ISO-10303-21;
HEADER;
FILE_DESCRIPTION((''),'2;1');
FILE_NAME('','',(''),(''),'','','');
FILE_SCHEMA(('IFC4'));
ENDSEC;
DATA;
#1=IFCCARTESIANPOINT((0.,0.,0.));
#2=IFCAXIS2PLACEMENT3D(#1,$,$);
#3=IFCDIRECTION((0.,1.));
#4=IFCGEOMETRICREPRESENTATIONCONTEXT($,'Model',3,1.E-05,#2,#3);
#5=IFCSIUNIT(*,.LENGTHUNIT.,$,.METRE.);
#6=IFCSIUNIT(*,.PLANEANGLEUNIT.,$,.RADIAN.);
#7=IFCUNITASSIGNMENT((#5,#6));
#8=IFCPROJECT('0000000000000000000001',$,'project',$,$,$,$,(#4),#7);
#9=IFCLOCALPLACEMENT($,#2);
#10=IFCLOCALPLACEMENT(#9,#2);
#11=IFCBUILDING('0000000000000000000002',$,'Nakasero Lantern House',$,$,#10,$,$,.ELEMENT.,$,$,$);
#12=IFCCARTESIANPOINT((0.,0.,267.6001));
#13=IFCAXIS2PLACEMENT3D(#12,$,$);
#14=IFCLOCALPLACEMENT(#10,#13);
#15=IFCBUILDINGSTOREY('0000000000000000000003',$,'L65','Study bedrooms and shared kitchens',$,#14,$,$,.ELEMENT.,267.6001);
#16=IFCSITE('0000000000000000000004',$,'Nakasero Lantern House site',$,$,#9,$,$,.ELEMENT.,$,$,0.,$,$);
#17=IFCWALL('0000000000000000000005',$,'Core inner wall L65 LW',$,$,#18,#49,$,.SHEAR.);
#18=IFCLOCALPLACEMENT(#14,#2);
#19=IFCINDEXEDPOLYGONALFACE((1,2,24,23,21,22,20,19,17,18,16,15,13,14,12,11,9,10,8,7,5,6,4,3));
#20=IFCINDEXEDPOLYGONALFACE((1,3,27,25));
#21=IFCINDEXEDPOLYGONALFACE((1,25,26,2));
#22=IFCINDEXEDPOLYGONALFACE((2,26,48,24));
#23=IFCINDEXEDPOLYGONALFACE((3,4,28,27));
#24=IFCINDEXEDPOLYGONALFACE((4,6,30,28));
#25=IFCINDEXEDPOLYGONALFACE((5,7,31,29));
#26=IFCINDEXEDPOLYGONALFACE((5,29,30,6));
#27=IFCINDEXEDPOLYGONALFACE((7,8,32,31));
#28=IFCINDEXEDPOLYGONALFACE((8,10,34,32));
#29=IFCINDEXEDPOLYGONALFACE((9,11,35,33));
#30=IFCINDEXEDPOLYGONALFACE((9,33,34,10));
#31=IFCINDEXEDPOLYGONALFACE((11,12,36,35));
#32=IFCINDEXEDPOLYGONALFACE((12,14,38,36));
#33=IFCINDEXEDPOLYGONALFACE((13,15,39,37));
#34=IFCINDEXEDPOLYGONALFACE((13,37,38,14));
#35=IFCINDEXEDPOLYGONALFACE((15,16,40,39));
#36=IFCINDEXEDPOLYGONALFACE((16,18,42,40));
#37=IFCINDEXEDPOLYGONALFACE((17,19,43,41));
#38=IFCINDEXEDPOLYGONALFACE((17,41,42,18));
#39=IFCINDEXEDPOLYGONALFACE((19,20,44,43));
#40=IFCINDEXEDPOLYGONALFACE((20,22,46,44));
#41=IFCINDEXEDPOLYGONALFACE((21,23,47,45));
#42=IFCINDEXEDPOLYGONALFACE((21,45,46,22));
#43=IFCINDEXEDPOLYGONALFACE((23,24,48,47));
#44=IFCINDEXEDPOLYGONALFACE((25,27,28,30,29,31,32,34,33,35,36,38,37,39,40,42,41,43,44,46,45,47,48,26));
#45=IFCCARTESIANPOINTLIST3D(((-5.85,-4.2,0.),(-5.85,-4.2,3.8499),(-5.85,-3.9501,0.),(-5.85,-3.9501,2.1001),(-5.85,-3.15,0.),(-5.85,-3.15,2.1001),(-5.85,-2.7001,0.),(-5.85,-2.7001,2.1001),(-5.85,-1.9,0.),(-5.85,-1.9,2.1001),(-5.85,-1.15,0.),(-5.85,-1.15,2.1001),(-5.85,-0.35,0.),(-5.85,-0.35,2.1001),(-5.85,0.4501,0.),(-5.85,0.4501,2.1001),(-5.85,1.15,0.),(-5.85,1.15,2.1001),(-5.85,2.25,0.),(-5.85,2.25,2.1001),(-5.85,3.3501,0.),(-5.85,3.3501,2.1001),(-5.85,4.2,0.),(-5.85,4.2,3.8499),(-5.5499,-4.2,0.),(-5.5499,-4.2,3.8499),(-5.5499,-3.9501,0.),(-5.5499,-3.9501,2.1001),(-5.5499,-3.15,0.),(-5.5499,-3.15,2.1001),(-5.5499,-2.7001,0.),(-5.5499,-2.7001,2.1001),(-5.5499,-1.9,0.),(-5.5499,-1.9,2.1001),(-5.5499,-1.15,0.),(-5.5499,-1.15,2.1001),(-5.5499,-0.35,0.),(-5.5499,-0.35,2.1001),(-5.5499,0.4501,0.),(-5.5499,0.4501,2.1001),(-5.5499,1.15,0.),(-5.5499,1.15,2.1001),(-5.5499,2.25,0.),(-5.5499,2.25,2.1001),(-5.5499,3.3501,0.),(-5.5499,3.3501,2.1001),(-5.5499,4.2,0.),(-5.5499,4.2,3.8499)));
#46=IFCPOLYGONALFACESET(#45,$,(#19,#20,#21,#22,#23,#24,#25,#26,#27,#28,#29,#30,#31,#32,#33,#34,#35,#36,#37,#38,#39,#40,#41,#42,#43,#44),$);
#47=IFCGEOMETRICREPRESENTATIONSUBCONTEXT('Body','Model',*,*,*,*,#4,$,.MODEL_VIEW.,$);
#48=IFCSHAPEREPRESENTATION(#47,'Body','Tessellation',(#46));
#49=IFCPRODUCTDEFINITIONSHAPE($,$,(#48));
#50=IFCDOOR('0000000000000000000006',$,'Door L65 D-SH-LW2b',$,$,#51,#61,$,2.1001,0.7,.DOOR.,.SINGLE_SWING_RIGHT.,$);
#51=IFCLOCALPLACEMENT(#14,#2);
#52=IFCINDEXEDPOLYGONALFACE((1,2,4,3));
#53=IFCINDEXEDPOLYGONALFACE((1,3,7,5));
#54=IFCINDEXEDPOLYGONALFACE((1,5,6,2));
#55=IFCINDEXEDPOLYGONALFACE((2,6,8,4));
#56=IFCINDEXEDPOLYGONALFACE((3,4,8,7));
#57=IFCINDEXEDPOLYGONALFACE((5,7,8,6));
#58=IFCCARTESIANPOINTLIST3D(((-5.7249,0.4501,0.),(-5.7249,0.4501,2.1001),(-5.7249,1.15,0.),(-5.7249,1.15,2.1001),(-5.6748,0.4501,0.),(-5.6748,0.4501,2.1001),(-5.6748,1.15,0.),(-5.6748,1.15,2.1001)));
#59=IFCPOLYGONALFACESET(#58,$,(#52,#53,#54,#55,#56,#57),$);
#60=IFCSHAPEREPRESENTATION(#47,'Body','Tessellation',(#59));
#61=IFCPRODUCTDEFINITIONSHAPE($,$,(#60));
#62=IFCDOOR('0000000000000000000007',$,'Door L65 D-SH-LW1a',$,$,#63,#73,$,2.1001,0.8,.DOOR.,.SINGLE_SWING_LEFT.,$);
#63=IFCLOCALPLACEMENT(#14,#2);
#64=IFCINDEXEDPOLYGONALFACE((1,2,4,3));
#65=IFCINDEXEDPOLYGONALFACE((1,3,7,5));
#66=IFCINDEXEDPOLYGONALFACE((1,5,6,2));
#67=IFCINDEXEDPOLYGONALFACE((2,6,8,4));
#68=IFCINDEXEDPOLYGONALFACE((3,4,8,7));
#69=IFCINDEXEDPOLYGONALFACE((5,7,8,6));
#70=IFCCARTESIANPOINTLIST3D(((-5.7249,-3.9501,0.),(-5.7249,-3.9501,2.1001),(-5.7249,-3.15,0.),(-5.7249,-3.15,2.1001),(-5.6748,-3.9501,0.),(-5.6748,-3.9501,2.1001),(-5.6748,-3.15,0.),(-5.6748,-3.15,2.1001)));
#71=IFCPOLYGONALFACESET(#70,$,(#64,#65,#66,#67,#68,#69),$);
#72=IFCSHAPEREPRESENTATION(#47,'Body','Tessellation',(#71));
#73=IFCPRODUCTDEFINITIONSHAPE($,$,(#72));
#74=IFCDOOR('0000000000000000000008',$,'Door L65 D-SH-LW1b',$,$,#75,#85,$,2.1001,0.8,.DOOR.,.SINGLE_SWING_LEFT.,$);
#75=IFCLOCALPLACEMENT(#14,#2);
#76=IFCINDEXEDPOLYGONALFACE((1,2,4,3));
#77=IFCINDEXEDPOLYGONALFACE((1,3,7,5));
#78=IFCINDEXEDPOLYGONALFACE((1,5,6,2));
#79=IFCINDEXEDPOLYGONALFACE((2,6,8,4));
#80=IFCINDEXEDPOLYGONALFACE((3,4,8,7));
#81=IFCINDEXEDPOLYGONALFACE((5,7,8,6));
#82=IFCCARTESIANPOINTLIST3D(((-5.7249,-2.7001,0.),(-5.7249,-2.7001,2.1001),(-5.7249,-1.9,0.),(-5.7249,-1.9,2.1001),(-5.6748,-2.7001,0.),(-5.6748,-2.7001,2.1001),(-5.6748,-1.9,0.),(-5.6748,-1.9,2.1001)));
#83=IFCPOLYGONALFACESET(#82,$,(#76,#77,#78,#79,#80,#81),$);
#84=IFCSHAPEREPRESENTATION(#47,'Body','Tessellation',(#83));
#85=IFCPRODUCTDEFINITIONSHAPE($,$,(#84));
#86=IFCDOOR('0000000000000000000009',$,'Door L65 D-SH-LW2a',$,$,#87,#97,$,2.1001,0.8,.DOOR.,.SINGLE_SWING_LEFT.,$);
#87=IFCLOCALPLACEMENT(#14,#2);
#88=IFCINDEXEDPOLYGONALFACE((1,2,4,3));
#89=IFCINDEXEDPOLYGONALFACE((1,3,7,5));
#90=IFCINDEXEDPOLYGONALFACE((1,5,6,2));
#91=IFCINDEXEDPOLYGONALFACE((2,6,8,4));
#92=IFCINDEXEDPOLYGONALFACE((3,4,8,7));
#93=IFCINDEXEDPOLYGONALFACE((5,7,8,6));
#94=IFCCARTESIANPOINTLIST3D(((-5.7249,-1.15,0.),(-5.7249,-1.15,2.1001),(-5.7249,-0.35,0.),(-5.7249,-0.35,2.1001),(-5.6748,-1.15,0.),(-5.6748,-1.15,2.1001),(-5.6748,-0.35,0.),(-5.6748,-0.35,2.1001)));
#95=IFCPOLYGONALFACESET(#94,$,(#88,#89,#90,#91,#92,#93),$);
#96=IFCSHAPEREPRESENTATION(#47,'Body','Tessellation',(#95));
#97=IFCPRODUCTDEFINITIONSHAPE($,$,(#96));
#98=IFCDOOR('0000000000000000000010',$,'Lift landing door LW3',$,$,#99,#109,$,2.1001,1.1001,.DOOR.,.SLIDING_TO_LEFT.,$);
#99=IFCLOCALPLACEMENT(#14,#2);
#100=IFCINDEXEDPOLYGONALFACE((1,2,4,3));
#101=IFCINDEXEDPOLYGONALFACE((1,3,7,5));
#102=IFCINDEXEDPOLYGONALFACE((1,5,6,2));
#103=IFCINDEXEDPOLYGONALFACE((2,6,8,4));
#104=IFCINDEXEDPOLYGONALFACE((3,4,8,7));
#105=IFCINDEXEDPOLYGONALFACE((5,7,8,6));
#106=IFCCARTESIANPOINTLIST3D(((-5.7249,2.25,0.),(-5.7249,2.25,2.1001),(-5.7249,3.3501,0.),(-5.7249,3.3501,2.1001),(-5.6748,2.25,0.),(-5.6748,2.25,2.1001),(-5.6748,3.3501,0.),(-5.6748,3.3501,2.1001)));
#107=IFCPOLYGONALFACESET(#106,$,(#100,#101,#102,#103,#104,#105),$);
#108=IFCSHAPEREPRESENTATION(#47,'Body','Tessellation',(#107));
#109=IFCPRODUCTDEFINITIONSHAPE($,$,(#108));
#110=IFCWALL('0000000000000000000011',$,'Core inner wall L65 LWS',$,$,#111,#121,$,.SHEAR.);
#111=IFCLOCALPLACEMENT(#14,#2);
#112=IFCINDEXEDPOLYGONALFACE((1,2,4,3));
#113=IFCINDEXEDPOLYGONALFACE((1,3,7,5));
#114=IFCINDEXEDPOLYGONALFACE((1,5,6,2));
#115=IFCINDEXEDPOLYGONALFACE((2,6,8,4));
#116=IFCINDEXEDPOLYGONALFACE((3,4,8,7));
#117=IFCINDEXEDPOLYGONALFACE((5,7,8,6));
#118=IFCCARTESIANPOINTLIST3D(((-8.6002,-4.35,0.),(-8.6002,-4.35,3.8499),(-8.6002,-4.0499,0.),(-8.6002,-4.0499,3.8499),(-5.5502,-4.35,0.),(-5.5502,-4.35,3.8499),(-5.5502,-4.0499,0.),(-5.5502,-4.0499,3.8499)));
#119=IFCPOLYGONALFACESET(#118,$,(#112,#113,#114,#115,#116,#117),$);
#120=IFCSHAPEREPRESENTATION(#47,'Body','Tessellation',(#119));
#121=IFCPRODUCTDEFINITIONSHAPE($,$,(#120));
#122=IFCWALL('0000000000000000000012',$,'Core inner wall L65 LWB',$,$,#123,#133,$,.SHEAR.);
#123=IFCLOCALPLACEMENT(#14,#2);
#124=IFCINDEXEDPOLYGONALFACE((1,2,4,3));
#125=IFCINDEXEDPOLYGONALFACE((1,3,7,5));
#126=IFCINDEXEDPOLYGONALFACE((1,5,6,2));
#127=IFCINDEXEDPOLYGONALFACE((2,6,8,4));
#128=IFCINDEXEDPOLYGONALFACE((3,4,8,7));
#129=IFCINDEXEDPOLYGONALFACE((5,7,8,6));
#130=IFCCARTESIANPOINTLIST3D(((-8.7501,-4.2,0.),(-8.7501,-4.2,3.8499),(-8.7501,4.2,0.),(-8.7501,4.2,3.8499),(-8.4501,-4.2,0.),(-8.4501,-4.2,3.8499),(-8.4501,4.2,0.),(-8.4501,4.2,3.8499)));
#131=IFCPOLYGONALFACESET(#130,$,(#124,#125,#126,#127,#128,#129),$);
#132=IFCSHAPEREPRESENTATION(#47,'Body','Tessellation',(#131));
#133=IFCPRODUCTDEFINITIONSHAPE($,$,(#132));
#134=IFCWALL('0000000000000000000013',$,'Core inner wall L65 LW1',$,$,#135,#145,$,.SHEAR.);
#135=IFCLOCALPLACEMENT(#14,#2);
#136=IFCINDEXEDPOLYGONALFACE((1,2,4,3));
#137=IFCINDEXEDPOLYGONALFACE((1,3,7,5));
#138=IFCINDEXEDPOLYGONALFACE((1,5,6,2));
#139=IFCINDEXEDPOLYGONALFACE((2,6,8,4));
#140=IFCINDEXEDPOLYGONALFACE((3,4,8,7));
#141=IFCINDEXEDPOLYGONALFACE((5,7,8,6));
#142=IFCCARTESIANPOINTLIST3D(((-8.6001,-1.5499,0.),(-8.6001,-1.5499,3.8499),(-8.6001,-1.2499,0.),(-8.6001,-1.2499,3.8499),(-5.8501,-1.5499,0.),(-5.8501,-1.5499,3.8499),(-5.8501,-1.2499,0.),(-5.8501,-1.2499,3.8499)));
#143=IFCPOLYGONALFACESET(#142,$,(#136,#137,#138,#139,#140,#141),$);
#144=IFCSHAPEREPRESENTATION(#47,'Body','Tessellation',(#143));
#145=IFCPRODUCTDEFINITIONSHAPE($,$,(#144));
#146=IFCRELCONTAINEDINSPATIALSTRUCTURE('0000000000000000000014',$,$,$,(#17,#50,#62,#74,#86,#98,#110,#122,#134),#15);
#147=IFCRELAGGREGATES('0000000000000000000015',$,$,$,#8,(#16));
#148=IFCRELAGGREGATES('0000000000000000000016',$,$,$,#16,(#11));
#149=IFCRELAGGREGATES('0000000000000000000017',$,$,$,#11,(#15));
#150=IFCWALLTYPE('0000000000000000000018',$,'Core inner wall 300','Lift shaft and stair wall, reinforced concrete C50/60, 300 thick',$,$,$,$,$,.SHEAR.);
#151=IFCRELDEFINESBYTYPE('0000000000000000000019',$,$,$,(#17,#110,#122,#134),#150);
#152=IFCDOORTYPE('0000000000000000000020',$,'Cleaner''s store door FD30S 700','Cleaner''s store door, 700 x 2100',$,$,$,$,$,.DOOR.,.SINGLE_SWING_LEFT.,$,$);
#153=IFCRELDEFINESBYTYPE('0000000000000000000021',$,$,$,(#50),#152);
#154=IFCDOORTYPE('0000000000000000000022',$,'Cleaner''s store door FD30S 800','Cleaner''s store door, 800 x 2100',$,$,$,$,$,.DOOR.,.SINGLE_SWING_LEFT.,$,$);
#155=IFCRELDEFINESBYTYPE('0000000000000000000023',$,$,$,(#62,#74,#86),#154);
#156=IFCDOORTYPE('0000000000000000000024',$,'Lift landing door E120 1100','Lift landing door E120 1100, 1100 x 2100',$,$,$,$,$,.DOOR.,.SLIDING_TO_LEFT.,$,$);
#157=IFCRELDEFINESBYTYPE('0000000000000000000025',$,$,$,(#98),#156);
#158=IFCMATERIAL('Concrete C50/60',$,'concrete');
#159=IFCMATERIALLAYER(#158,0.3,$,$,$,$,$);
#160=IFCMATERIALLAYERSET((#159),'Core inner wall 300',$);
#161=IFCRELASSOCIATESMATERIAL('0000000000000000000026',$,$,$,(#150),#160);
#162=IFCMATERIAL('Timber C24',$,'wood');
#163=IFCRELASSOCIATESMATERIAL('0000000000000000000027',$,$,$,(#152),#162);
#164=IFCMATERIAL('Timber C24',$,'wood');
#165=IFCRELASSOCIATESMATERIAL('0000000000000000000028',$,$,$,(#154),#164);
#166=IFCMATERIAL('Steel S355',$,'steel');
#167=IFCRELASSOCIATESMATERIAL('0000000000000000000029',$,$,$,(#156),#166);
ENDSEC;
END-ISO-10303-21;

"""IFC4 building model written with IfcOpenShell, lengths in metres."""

from ifc_helpers import new_model, si_unit, direction, frame, frame_2d, origin, place, context, subcontext, project, spatial, rectangle, extrude, material, layer, layer_set, type_object, element, fill, save


model = new_model("IFC4")

# Units and contexts
model_context = context("Model", 3, precision=1e-05, world=origin(), true_north=direction((0.0, 1.0)))
body_context = subcontext(model_context, "Body", "Model", "MODEL_VIEW")
ifc_project = project(units=[si_unit("LENGTHUNIT", "METRE"), si_unit("PLANEANGLEUNIT", "RADIAN")], contexts=[model_context])

# Site, building, storey
site_placement = place(None, origin())
site = spatial("IfcSite", under=ifc_project, at=site_placement, Name="Nakasero Lantern House site", CompositionType="ELEMENT", RefElevation=0.0)
building_placement = place(site_placement, origin())
building = spatial("IfcBuilding", under=site, at=building_placement, Name="Nakasero Lantern House", CompositionType="ELEMENT")
storey_placement = place(building_placement, frame((0.0, 0.0, 267.6001)))
storey = spatial("IfcBuildingStorey", under=building, at=storey_placement, Name="L65", Description="Study bedrooms and shared kitchens", CompositionType="ELEMENT", Elevation=267.6001)

# Wall, openings, doors
ifc_material_1 = material(Name="Concrete C50/60", Category="concrete")
ifc_layer_1 = layer(ifc_material_1, 0.3)
ifc_layer_set_1 = layer_set([ifc_layer_1], Name="Core inner wall 300")
wall_type_1 = type_object("IfcWallType", Name="Core inner wall 300", Description="Lift shaft and stair wall, reinforced concrete C50/60, 300 thick", PredefinedType="SHEAR", material=ifc_layer_set_1)
wall_1_placement = place(storey_placement, frame((-5.7, -4.2, 0.0), z_axis=(0.0, 0.0, 1.0), x_axis=(0.0, 1.0, 0.0)))
wall_1 = element("IfcWall", 1, at=wall_1_placement, inside=storey, type_object=wall_type_1, Name="Core inner wall L65 LW", PredefinedType="SHEAR", context=body_context, shape_type="SweptSolid", body=[
    extrude(rectangle(XDim=8.3999, YDim=0.3, at=frame_2d((4.2, 0.0))), origin(), (0.0, 0.0, 1.0), 3.8499),
])
opening_1_placement = place(wall_1_placement, frame((0.25, 0.0, 0.0)))
opening_1 = element("IfcOpeningElement", 2, at=opening_1_placement, cuts=wall_1, PredefinedType="OPENING", context=body_context, shape_type="SweptSolid", body=[
    extrude(rectangle(XDim=0.8, YDim=2.1001, at=frame_2d((0.3999, 1.05))), frame((0.0, 0.1699, 0.0), z_axis=(0.0, -1.0, 0.0), x_axis=(1.0, 0.0, 0.0)), (0.0, 0.0, 1.0), 0.3401),
])
opening_2_placement = place(wall_1_placement, frame((1.5, 0.0, 0.0)))
opening_2 = element("IfcOpeningElement", 3, at=opening_2_placement, cuts=wall_1, PredefinedType="OPENING", context=body_context, shape_type="SweptSolid", body=[
    extrude(rectangle(XDim=0.8, YDim=2.1001, at=frame_2d((0.3999, 1.05))), frame((0.0, 0.1699, 0.0), z_axis=(0.0, -1.0, 0.0), x_axis=(1.0, 0.0, 0.0)), (0.0, 0.0, 1.0), 0.3401),
])
opening_3_placement = place(wall_1_placement, frame((3.05, 0.0, 0.0)))
opening_3 = element("IfcOpeningElement", 4, at=opening_3_placement, cuts=wall_1, PredefinedType="OPENING", context=body_context, shape_type="SweptSolid", body=[
    extrude(rectangle(XDim=0.8, YDim=2.1001, at=frame_2d((0.3999, 1.05))), frame((0.0, 0.1699, 0.0), z_axis=(0.0, -1.0, 0.0), x_axis=(1.0, 0.0, 0.0)), (0.0, 0.0, 1.0), 0.3401),
])
opening_4_placement = place(wall_1_placement, frame((4.6499, 0.0, 0.0)))
opening_4 = element("IfcOpeningElement", 5, at=opening_4_placement, cuts=wall_1, PredefinedType="OPENING", context=body_context, shape_type="SweptSolid", body=[
    extrude(rectangle(XDim=0.7, YDim=2.1001, at=frame_2d((0.3501, 1.05))), frame((0.0, 0.1699, 0.0), z_axis=(0.0, -1.0, 0.0), x_axis=(1.0, 0.0, 0.0)), (0.0, 0.0, 1.0), 0.3401),
])
opening_5_placement = place(wall_1_placement, frame((6.45, 0.0, 0.0)))
opening_5 = element("IfcOpeningElement", 6, at=opening_5_placement, cuts=wall_1, PredefinedType="OPENING", context=body_context, shape_type="SweptSolid", body=[
    extrude(rectangle(XDim=1.1001, YDim=2.1001, at=frame_2d((0.55, 1.05))), frame((0.0, 0.1699, 0.0), z_axis=(0.0, -1.0, 0.0), x_axis=(1.0, 0.0, 0.0)), (0.0, 0.0, 1.0), 0.3401),
])
ifc_material_2 = material(Name="Timber C24", Category="wood")
door_type_1 = type_object("IfcDoorType", Name="Cleaner's store door FD30S 700", Description="Cleaner's store door, 700 x 2100", OperationType="SINGLE_SWING_LEFT", PredefinedType="DOOR", material=ifc_material_2)
door_1_placement = place(opening_4_placement, origin())
door_1 = element("IfcDoor", 7, at=door_1_placement, inside=storey, type_object=door_type_1, Name="Door L65 D-SH-LW2b", OperationType="SINGLE_SWING_RIGHT", OverallHeight=2.1001, OverallWidth=0.7, PredefinedType="DOOR", context=body_context, shape_type="SweptSolid", body=[
    extrude(rectangle(XDim=0.7, YDim=2.1001, at=frame_2d((0.3501, 1.05))), frame((0.0, 0.0249, 0.0), z_axis=(0.0, -1.0, 0.0), x_axis=(1.0, 0.0, 0.0)), (0.0, 0.0, 1.0), 0.05),
])
fill(opening_4, door_1)
ifc_material_3 = material(Name="Timber C24", Category="wood")
door_type_2 = type_object("IfcDoorType", Name="Cleaner's store door FD30S 800", Description="Cleaner's store door, 800 x 2100", OperationType="SINGLE_SWING_LEFT", PredefinedType="DOOR", material=ifc_material_3)
door_2_placement = place(opening_1_placement, origin())
door_2 = element("IfcDoor", 8, at=door_2_placement, inside=storey, type_object=door_type_2, Name="Door L65 D-SH-LW1a", OperationType="SINGLE_SWING_LEFT", OverallHeight=2.1001, OverallWidth=0.8, PredefinedType="DOOR", context=body_context, shape_type="SweptSolid", body=[
    extrude(rectangle(XDim=0.8, YDim=2.1001, at=frame_2d((0.3999, 1.05))), frame((0.0, 0.0249, 0.0), z_axis=(0.0, -1.0, 0.0), x_axis=(1.0, 0.0, 0.0)), (0.0, 0.0, 1.0), 0.05),
])
fill(opening_1, door_2)
door_3_placement = place(opening_2_placement, origin())
door_3 = element("IfcDoor", 9, at=door_3_placement, inside=storey, type_object=door_type_2, Name="Door L65 D-SH-LW1b", OperationType="SINGLE_SWING_LEFT", OverallHeight=2.1001, OverallWidth=0.8, PredefinedType="DOOR", context=body_context, shape_type="SweptSolid", body=[
    extrude(rectangle(XDim=0.8, YDim=2.1001, at=frame_2d((0.3999, 1.05))), frame((0.0, 0.0249, 0.0), z_axis=(0.0, -1.0, 0.0), x_axis=(1.0, 0.0, 0.0)), (0.0, 0.0, 1.0), 0.05),
])
fill(opening_2, door_3)
door_4_placement = place(opening_3_placement, origin())
door_4 = element("IfcDoor", 10, at=door_4_placement, inside=storey, type_object=door_type_2, Name="Door L65 D-SH-LW2a", OperationType="SINGLE_SWING_LEFT", OverallHeight=2.1001, OverallWidth=0.8, PredefinedType="DOOR", context=body_context, shape_type="SweptSolid", body=[
    extrude(rectangle(XDim=0.8, YDim=2.1001, at=frame_2d((0.3999, 1.05))), frame((0.0, 0.0249, 0.0), z_axis=(0.0, -1.0, 0.0), x_axis=(1.0, 0.0, 0.0)), (0.0, 0.0, 1.0), 0.05),
])
fill(opening_3, door_4)
ifc_material_4 = material(Name="Steel S355", Category="steel")
door_type_3 = type_object("IfcDoorType", Name="Lift landing door E120 1100", Description="Lift landing door E120 1100, 1100 x 2100", OperationType="SLIDING_TO_LEFT", PredefinedType="DOOR", material=ifc_material_4)
door_5_placement = place(opening_5_placement, origin())
door_5 = element("IfcDoor", 11, at=door_5_placement, inside=storey, type_object=door_type_3, Name="Lift landing door LW3", OperationType="SLIDING_TO_LEFT", OverallHeight=2.1001, OverallWidth=1.1001, PredefinedType="DOOR", context=body_context, shape_type="SweptSolid", body=[
    extrude(rectangle(XDim=1.1001, YDim=2.1001, at=frame_2d((0.55, 1.05))), frame((0.0, 0.0249, 0.0), z_axis=(0.0, -1.0, 0.0), x_axis=(1.0, 0.0, 0.0)), (0.0, 0.0, 1.0), 0.05),
])
fill(opening_5, door_5)

# Walls
wall_2_placement = place(storey_placement, frame((-8.6001, -4.2, 0.0), z_axis=(0.0, 0.0, 1.0), x_axis=(1.0, 0.0, 0.0)))
element("IfcWall", 12, at=wall_2_placement, inside=storey, type_object=wall_type_1, Name="Core inner wall L65 LWS", PredefinedType="SHEAR", context=body_context, shape_type="SweptSolid", body=[
    extrude(rectangle(XDim=3.05, YDim=0.3, at=frame_2d((1.5249, 0.0))), origin(), (0.0, 0.0, 1.0), 3.8499),
])
wall_3_placement = place(storey_placement, frame((-8.6001, -4.2, 0.0), z_axis=(0.0, 0.0, 1.0), x_axis=(0.0, 1.0, 0.0)))
element("IfcWall", 13, at=wall_3_placement, inside=storey, type_object=wall_type_1, Name="Core inner wall L65 LWB", PredefinedType="SHEAR", context=body_context, shape_type="SweptSolid", body=[
    extrude(rectangle(XDim=8.3999, YDim=0.3, at=frame_2d((4.2, 0.0))), origin(), (0.0, 0.0, 1.0), 3.8499),
])
wall_4_placement = place(storey_placement, frame((-8.6001, -1.3999, 0.0), z_axis=(0.0, 0.0, 1.0), x_axis=(1.0, 0.0, 0.0)))
element("IfcWall", 14, at=wall_4_placement, inside=storey, type_object=wall_type_1, Name="Core inner wall L65 LW1", PredefinedType="SHEAR", context=body_context, shape_type="SweptSolid", body=[
    extrude(rectangle(XDim=2.75, YDim=0.3, at=frame_2d((1.375, 0.0))), origin(), (0.0, 0.0, 1.0), 3.8499),
])

save(model, "model.ifc")
